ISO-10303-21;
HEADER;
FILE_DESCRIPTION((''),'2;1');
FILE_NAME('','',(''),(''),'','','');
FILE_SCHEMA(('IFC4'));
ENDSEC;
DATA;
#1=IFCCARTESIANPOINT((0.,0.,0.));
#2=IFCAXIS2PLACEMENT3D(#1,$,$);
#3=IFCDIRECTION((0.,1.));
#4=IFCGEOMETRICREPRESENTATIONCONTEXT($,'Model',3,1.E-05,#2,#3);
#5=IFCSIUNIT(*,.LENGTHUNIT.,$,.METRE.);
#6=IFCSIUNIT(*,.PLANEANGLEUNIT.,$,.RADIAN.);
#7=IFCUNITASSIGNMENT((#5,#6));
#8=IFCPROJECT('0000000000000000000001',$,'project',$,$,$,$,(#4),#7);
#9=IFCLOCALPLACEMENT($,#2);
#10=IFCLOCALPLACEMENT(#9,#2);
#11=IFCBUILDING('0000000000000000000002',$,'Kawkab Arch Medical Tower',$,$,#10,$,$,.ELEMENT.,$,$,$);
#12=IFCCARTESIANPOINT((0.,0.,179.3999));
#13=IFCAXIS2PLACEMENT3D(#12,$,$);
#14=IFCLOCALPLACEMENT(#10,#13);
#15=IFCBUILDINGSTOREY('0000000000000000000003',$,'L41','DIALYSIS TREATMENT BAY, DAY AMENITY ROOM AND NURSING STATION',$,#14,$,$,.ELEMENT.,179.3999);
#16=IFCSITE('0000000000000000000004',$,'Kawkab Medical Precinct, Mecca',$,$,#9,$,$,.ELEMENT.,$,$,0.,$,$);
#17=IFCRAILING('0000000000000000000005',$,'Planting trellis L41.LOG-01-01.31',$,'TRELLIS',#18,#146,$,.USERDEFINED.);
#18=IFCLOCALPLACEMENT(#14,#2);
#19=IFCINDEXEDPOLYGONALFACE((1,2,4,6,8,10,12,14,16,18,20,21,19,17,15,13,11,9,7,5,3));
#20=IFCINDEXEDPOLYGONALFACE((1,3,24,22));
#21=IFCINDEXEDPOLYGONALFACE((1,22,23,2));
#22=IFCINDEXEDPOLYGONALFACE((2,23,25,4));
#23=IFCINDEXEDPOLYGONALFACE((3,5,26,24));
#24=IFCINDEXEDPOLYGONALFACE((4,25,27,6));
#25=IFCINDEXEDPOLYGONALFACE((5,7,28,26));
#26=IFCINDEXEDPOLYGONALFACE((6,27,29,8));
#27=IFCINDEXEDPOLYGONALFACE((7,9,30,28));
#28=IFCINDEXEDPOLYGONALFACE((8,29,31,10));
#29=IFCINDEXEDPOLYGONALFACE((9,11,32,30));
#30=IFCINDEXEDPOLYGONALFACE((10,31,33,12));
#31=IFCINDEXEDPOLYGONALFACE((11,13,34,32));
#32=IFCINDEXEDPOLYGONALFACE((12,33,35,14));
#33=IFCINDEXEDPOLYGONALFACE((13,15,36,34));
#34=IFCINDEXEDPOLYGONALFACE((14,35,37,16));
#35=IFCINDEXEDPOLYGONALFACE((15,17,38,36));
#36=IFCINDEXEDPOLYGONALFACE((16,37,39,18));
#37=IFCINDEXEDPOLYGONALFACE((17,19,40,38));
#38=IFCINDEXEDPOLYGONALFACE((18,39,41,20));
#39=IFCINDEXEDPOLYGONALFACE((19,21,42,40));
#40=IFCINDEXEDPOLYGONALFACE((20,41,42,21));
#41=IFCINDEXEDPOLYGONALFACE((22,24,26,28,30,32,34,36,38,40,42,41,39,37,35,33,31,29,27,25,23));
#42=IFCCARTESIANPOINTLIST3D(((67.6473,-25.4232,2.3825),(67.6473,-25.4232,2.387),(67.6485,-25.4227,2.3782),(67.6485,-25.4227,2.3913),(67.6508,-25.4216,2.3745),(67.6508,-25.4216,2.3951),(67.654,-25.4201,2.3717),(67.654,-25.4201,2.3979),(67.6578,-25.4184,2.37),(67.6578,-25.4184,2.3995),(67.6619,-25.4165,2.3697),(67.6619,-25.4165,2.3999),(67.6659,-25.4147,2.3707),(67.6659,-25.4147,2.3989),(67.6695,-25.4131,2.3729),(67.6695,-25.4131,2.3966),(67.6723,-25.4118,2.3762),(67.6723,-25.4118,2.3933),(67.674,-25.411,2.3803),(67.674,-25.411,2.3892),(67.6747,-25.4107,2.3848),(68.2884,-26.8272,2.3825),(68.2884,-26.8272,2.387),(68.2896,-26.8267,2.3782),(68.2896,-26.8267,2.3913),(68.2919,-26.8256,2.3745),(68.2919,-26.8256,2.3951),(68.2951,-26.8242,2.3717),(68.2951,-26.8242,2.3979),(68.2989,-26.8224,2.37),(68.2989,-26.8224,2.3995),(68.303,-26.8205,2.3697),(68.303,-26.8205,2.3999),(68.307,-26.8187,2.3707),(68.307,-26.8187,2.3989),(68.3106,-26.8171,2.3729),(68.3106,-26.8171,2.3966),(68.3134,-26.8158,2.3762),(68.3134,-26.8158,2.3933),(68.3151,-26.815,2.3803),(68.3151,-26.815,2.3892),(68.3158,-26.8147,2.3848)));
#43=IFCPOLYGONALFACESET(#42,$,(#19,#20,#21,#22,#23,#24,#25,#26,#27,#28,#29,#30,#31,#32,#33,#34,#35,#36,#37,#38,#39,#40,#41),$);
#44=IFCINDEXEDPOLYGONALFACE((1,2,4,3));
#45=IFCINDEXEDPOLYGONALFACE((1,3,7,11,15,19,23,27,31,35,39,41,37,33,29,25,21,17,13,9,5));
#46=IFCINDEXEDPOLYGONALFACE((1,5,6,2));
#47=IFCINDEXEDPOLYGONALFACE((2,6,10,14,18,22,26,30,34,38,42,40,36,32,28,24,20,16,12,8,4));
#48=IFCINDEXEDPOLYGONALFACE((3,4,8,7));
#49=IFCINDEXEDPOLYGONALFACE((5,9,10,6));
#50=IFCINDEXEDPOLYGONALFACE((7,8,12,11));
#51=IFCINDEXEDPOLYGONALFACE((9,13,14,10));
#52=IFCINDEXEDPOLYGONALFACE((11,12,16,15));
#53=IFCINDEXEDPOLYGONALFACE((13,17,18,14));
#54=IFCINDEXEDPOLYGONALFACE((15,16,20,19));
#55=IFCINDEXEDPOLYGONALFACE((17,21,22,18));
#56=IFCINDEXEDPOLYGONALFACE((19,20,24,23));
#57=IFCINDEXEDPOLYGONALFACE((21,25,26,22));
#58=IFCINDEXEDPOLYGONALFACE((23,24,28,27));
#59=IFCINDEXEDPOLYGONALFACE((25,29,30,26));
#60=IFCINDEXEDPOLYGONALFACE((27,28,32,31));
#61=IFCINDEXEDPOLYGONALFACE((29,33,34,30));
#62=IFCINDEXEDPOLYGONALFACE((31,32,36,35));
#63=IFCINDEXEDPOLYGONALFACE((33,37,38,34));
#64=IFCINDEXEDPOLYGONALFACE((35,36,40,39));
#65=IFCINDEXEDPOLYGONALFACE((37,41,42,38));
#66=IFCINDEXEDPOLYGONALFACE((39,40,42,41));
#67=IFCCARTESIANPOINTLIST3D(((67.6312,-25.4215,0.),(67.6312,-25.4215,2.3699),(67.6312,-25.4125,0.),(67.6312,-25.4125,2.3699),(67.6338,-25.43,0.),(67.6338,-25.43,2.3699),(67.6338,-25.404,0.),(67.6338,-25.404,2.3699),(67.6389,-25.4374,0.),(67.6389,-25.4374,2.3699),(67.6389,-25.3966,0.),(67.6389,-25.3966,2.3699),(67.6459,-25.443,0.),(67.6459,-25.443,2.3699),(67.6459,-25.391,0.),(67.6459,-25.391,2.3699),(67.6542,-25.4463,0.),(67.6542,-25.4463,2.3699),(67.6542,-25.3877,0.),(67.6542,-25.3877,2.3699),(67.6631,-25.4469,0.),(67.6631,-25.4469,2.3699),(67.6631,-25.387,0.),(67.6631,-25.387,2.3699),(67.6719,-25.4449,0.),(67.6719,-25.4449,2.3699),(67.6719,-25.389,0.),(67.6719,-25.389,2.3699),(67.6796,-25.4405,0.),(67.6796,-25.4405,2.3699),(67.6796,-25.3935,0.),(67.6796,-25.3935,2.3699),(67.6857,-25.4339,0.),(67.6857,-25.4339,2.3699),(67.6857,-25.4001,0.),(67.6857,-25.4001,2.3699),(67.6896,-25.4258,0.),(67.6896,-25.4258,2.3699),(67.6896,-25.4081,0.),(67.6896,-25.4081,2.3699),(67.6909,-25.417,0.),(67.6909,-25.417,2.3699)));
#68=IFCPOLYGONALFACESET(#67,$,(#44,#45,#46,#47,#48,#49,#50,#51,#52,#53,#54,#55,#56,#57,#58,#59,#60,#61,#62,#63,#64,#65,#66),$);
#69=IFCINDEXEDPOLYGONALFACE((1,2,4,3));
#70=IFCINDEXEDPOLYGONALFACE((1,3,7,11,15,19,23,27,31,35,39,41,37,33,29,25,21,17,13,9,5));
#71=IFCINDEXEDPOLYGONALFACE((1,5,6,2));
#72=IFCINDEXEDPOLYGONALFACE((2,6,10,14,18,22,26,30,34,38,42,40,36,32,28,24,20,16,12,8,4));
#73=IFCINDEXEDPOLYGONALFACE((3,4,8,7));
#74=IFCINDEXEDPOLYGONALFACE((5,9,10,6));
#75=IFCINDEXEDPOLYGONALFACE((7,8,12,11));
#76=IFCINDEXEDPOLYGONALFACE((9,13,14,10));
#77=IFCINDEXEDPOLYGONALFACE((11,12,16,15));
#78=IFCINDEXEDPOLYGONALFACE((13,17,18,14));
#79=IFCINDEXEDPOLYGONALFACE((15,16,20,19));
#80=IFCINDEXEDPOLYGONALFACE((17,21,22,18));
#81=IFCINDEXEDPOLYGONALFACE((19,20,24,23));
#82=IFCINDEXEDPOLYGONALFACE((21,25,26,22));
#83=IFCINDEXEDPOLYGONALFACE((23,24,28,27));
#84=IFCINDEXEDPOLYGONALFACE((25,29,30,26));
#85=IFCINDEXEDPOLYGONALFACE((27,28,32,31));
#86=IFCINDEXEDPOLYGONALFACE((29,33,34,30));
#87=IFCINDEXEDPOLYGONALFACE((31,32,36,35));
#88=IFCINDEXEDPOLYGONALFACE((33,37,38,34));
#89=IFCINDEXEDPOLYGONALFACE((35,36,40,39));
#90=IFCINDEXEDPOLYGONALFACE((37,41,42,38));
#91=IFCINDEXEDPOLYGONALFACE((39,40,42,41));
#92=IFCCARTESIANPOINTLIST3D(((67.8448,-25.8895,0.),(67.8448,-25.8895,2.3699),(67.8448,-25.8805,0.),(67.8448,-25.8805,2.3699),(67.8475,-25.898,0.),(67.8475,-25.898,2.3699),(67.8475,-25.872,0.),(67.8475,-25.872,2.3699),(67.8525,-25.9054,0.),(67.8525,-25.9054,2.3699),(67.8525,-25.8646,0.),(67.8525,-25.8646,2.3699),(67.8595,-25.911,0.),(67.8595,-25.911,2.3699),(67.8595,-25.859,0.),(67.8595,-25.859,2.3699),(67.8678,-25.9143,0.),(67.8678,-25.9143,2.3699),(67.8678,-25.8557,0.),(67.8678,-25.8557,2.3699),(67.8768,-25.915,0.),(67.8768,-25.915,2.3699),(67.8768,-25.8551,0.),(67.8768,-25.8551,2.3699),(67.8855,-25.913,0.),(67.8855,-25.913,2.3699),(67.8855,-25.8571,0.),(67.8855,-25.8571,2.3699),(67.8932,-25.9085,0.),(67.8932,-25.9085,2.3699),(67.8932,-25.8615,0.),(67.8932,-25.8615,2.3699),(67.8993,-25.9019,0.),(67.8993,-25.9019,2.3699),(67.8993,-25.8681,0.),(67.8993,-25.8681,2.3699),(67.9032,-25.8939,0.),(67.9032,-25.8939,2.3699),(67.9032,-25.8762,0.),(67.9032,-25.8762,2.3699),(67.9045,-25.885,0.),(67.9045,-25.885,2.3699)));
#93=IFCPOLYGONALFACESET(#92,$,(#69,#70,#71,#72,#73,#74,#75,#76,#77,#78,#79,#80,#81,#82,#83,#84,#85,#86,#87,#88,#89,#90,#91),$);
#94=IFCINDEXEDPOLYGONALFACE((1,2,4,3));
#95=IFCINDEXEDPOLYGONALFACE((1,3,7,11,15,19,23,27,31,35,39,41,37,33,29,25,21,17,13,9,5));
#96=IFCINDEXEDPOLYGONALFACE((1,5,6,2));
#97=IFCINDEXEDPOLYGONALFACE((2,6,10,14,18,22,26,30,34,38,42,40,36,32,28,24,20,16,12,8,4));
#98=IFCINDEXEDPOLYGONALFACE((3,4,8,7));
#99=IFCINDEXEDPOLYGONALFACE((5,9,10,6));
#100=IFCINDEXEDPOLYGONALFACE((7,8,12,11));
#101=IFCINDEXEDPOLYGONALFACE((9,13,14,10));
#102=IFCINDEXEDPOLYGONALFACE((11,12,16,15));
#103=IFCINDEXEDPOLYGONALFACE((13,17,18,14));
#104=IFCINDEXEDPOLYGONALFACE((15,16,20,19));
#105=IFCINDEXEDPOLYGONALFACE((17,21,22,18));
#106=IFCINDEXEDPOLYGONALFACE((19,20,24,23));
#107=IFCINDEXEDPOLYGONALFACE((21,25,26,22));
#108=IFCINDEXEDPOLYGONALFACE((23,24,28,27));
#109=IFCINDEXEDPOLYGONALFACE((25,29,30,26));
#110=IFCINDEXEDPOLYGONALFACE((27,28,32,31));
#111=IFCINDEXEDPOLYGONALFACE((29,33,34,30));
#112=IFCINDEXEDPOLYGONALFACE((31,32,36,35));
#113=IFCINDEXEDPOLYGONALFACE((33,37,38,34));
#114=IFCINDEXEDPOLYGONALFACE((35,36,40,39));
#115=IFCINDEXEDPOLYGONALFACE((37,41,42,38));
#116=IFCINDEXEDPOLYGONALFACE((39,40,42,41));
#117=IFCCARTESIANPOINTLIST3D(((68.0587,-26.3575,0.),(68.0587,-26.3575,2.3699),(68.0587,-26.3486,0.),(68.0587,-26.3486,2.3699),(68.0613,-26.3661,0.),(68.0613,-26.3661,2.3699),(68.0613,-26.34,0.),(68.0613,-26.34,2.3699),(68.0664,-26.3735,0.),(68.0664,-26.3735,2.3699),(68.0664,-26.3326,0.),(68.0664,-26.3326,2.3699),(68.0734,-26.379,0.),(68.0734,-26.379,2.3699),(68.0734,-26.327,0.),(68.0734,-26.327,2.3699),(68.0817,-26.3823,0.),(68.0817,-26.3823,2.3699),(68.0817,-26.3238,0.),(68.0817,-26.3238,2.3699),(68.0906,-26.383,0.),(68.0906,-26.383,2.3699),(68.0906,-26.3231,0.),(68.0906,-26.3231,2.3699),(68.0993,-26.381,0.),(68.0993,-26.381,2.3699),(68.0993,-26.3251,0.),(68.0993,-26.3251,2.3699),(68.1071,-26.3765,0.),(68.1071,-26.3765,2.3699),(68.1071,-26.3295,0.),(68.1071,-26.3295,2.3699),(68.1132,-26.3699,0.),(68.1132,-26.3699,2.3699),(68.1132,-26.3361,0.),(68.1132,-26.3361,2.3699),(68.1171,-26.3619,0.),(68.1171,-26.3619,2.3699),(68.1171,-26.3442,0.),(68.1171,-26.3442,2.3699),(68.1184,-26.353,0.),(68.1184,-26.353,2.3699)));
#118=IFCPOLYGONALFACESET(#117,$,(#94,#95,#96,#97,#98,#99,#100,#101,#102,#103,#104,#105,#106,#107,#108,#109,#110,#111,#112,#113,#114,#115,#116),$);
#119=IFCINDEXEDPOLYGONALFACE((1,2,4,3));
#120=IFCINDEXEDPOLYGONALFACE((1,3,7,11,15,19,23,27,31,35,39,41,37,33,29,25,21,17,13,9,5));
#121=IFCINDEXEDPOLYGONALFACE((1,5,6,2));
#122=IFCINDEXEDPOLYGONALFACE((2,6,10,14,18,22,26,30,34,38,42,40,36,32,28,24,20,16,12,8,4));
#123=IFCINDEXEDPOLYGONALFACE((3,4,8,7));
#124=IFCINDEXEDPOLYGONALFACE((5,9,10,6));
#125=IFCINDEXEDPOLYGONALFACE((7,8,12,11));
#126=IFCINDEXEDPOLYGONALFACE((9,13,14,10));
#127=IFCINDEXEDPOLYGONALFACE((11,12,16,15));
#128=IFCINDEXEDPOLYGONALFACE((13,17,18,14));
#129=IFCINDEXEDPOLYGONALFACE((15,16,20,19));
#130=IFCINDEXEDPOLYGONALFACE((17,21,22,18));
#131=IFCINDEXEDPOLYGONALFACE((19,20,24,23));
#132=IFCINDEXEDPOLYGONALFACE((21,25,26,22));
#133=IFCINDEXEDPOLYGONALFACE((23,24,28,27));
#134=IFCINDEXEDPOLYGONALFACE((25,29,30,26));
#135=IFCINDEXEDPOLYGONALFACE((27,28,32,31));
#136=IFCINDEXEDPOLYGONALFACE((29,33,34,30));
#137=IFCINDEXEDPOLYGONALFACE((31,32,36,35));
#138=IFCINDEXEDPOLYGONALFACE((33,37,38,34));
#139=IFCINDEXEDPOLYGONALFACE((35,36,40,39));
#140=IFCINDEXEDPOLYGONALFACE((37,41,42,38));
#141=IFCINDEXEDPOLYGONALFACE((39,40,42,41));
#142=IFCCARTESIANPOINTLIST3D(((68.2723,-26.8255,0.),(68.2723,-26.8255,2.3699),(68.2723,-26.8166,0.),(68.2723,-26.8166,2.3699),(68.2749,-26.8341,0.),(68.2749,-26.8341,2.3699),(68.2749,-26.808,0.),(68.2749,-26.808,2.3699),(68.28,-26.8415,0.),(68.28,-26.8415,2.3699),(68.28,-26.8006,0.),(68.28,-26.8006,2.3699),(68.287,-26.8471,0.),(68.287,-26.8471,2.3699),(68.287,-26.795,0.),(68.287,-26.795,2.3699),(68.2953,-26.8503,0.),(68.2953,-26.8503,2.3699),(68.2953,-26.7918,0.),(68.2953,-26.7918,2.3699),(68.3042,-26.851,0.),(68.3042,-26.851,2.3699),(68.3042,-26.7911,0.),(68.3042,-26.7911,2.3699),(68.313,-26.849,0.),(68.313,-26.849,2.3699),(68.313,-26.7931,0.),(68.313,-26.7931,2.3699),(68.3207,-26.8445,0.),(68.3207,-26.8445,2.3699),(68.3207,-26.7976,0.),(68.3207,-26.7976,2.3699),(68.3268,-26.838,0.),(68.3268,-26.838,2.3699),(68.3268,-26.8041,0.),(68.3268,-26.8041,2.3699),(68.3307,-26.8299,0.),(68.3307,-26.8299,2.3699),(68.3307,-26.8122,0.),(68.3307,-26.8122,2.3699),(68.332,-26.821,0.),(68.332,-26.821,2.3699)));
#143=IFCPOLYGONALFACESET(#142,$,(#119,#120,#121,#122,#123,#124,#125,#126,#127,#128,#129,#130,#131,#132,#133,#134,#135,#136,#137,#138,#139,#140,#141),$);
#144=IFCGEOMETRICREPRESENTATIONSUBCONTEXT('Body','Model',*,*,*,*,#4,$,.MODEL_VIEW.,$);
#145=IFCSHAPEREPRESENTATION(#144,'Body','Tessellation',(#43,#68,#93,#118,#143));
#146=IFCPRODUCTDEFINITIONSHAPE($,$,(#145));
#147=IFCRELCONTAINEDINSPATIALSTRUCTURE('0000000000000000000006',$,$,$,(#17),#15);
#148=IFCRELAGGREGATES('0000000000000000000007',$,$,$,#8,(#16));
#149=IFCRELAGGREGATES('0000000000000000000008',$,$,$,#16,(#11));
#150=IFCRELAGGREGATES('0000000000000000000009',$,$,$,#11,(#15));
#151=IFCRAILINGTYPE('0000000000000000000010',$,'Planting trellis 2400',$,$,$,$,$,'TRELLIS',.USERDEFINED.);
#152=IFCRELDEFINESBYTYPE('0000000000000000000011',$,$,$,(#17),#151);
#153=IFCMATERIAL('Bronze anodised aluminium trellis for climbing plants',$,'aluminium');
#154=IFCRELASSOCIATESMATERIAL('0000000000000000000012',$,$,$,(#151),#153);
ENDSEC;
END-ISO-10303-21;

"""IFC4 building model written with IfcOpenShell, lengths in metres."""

from ifc_helpers import new_model, si_unit, direction, frame, origin, origin_2d, place, context, subcontext, project, spatial, circle, extrude, material, type_object, element, save


model = new_model("IFC4")

# Units and contexts
model_context = context("Model", 3, precision=1e-05, world=origin(), true_north=direction((0.0, 1.0)))
body_context = subcontext(model_context, "Body", "Model", "MODEL_VIEW")
ifc_project = project(units=[si_unit("LENGTHUNIT", "METRE"), si_unit("PLANEANGLEUNIT", "RADIAN")], contexts=[model_context])

# Site, building, storey
site_placement = place(None, origin())
site = spatial("IfcSite", under=ifc_project, at=site_placement, Name="Kawkab Medical Precinct, Mecca", CompositionType="ELEMENT", RefElevation=0.0)
building_placement = place(site_placement, origin())
building = spatial("IfcBuilding", under=site, at=building_placement, Name="Kawkab Arch Medical Tower", CompositionType="ELEMENT")
storey_placement = place(building_placement, frame((0.0, 0.0, 179.3999)))
storey = spatial("IfcBuildingStorey", under=building, at=storey_placement, Name="L41", Description="DIALYSIS TREATMENT BAY, DAY AMENITY ROOM AND NURSING STATION", CompositionType="ELEMENT", Elevation=179.3999)

# Railing
ifc_material_1 = material(Name="Bronze anodised aluminium trellis for climbing plants", Category="aluminium")
railing_type = type_object("IfcRailingType", Name="Planting trellis 2400", ElementType="TRELLIS", PredefinedType="USERDEFINED", material=ifc_material_1)
railing_1_placement = place(storey_placement, frame((67.6609, -25.417, 0.0)))
element("IfcRailing", 1, at=railing_1_placement, inside=storey, type_object=railing_type, Name="Planting trellis L41.LOG-01-01.31", ObjectType="TRELLIS", PredefinedType="USERDEFINED", context=body_context, shape_type="SweptSolid", body=[
    extrude(circle(Radius=0.0151, at=origin_2d()), frame((0.0, 0.0, 2.3848), z_axis=(0.415363, -0.909656, 0.0), x_axis=(0.909656, 0.415363, 0.0)), (0.0, 0.0, 1.0), 1.5435),
    extrude(circle(Radius=0.03, at=origin_2d()), origin(), (0.0, 0.0, 1.0), 2.3699),
    extrude(circle(Radius=0.03, at=origin_2d()), frame((0.2136, -0.468, 0.0)), (0.0, 0.0, 1.0), 2.3699),
    extrude(circle(Radius=0.03, at=origin_2d()), frame((0.4275, -0.936, 0.0)), (0.0, 0.0, 1.0), 2.3699),
    extrude(circle(Radius=0.03, at=origin_2d()), frame((0.6411, -1.4041, 0.0)), (0.0, 0.0, 1.0), 2.3699),
])

save(model, "model.ifc")
